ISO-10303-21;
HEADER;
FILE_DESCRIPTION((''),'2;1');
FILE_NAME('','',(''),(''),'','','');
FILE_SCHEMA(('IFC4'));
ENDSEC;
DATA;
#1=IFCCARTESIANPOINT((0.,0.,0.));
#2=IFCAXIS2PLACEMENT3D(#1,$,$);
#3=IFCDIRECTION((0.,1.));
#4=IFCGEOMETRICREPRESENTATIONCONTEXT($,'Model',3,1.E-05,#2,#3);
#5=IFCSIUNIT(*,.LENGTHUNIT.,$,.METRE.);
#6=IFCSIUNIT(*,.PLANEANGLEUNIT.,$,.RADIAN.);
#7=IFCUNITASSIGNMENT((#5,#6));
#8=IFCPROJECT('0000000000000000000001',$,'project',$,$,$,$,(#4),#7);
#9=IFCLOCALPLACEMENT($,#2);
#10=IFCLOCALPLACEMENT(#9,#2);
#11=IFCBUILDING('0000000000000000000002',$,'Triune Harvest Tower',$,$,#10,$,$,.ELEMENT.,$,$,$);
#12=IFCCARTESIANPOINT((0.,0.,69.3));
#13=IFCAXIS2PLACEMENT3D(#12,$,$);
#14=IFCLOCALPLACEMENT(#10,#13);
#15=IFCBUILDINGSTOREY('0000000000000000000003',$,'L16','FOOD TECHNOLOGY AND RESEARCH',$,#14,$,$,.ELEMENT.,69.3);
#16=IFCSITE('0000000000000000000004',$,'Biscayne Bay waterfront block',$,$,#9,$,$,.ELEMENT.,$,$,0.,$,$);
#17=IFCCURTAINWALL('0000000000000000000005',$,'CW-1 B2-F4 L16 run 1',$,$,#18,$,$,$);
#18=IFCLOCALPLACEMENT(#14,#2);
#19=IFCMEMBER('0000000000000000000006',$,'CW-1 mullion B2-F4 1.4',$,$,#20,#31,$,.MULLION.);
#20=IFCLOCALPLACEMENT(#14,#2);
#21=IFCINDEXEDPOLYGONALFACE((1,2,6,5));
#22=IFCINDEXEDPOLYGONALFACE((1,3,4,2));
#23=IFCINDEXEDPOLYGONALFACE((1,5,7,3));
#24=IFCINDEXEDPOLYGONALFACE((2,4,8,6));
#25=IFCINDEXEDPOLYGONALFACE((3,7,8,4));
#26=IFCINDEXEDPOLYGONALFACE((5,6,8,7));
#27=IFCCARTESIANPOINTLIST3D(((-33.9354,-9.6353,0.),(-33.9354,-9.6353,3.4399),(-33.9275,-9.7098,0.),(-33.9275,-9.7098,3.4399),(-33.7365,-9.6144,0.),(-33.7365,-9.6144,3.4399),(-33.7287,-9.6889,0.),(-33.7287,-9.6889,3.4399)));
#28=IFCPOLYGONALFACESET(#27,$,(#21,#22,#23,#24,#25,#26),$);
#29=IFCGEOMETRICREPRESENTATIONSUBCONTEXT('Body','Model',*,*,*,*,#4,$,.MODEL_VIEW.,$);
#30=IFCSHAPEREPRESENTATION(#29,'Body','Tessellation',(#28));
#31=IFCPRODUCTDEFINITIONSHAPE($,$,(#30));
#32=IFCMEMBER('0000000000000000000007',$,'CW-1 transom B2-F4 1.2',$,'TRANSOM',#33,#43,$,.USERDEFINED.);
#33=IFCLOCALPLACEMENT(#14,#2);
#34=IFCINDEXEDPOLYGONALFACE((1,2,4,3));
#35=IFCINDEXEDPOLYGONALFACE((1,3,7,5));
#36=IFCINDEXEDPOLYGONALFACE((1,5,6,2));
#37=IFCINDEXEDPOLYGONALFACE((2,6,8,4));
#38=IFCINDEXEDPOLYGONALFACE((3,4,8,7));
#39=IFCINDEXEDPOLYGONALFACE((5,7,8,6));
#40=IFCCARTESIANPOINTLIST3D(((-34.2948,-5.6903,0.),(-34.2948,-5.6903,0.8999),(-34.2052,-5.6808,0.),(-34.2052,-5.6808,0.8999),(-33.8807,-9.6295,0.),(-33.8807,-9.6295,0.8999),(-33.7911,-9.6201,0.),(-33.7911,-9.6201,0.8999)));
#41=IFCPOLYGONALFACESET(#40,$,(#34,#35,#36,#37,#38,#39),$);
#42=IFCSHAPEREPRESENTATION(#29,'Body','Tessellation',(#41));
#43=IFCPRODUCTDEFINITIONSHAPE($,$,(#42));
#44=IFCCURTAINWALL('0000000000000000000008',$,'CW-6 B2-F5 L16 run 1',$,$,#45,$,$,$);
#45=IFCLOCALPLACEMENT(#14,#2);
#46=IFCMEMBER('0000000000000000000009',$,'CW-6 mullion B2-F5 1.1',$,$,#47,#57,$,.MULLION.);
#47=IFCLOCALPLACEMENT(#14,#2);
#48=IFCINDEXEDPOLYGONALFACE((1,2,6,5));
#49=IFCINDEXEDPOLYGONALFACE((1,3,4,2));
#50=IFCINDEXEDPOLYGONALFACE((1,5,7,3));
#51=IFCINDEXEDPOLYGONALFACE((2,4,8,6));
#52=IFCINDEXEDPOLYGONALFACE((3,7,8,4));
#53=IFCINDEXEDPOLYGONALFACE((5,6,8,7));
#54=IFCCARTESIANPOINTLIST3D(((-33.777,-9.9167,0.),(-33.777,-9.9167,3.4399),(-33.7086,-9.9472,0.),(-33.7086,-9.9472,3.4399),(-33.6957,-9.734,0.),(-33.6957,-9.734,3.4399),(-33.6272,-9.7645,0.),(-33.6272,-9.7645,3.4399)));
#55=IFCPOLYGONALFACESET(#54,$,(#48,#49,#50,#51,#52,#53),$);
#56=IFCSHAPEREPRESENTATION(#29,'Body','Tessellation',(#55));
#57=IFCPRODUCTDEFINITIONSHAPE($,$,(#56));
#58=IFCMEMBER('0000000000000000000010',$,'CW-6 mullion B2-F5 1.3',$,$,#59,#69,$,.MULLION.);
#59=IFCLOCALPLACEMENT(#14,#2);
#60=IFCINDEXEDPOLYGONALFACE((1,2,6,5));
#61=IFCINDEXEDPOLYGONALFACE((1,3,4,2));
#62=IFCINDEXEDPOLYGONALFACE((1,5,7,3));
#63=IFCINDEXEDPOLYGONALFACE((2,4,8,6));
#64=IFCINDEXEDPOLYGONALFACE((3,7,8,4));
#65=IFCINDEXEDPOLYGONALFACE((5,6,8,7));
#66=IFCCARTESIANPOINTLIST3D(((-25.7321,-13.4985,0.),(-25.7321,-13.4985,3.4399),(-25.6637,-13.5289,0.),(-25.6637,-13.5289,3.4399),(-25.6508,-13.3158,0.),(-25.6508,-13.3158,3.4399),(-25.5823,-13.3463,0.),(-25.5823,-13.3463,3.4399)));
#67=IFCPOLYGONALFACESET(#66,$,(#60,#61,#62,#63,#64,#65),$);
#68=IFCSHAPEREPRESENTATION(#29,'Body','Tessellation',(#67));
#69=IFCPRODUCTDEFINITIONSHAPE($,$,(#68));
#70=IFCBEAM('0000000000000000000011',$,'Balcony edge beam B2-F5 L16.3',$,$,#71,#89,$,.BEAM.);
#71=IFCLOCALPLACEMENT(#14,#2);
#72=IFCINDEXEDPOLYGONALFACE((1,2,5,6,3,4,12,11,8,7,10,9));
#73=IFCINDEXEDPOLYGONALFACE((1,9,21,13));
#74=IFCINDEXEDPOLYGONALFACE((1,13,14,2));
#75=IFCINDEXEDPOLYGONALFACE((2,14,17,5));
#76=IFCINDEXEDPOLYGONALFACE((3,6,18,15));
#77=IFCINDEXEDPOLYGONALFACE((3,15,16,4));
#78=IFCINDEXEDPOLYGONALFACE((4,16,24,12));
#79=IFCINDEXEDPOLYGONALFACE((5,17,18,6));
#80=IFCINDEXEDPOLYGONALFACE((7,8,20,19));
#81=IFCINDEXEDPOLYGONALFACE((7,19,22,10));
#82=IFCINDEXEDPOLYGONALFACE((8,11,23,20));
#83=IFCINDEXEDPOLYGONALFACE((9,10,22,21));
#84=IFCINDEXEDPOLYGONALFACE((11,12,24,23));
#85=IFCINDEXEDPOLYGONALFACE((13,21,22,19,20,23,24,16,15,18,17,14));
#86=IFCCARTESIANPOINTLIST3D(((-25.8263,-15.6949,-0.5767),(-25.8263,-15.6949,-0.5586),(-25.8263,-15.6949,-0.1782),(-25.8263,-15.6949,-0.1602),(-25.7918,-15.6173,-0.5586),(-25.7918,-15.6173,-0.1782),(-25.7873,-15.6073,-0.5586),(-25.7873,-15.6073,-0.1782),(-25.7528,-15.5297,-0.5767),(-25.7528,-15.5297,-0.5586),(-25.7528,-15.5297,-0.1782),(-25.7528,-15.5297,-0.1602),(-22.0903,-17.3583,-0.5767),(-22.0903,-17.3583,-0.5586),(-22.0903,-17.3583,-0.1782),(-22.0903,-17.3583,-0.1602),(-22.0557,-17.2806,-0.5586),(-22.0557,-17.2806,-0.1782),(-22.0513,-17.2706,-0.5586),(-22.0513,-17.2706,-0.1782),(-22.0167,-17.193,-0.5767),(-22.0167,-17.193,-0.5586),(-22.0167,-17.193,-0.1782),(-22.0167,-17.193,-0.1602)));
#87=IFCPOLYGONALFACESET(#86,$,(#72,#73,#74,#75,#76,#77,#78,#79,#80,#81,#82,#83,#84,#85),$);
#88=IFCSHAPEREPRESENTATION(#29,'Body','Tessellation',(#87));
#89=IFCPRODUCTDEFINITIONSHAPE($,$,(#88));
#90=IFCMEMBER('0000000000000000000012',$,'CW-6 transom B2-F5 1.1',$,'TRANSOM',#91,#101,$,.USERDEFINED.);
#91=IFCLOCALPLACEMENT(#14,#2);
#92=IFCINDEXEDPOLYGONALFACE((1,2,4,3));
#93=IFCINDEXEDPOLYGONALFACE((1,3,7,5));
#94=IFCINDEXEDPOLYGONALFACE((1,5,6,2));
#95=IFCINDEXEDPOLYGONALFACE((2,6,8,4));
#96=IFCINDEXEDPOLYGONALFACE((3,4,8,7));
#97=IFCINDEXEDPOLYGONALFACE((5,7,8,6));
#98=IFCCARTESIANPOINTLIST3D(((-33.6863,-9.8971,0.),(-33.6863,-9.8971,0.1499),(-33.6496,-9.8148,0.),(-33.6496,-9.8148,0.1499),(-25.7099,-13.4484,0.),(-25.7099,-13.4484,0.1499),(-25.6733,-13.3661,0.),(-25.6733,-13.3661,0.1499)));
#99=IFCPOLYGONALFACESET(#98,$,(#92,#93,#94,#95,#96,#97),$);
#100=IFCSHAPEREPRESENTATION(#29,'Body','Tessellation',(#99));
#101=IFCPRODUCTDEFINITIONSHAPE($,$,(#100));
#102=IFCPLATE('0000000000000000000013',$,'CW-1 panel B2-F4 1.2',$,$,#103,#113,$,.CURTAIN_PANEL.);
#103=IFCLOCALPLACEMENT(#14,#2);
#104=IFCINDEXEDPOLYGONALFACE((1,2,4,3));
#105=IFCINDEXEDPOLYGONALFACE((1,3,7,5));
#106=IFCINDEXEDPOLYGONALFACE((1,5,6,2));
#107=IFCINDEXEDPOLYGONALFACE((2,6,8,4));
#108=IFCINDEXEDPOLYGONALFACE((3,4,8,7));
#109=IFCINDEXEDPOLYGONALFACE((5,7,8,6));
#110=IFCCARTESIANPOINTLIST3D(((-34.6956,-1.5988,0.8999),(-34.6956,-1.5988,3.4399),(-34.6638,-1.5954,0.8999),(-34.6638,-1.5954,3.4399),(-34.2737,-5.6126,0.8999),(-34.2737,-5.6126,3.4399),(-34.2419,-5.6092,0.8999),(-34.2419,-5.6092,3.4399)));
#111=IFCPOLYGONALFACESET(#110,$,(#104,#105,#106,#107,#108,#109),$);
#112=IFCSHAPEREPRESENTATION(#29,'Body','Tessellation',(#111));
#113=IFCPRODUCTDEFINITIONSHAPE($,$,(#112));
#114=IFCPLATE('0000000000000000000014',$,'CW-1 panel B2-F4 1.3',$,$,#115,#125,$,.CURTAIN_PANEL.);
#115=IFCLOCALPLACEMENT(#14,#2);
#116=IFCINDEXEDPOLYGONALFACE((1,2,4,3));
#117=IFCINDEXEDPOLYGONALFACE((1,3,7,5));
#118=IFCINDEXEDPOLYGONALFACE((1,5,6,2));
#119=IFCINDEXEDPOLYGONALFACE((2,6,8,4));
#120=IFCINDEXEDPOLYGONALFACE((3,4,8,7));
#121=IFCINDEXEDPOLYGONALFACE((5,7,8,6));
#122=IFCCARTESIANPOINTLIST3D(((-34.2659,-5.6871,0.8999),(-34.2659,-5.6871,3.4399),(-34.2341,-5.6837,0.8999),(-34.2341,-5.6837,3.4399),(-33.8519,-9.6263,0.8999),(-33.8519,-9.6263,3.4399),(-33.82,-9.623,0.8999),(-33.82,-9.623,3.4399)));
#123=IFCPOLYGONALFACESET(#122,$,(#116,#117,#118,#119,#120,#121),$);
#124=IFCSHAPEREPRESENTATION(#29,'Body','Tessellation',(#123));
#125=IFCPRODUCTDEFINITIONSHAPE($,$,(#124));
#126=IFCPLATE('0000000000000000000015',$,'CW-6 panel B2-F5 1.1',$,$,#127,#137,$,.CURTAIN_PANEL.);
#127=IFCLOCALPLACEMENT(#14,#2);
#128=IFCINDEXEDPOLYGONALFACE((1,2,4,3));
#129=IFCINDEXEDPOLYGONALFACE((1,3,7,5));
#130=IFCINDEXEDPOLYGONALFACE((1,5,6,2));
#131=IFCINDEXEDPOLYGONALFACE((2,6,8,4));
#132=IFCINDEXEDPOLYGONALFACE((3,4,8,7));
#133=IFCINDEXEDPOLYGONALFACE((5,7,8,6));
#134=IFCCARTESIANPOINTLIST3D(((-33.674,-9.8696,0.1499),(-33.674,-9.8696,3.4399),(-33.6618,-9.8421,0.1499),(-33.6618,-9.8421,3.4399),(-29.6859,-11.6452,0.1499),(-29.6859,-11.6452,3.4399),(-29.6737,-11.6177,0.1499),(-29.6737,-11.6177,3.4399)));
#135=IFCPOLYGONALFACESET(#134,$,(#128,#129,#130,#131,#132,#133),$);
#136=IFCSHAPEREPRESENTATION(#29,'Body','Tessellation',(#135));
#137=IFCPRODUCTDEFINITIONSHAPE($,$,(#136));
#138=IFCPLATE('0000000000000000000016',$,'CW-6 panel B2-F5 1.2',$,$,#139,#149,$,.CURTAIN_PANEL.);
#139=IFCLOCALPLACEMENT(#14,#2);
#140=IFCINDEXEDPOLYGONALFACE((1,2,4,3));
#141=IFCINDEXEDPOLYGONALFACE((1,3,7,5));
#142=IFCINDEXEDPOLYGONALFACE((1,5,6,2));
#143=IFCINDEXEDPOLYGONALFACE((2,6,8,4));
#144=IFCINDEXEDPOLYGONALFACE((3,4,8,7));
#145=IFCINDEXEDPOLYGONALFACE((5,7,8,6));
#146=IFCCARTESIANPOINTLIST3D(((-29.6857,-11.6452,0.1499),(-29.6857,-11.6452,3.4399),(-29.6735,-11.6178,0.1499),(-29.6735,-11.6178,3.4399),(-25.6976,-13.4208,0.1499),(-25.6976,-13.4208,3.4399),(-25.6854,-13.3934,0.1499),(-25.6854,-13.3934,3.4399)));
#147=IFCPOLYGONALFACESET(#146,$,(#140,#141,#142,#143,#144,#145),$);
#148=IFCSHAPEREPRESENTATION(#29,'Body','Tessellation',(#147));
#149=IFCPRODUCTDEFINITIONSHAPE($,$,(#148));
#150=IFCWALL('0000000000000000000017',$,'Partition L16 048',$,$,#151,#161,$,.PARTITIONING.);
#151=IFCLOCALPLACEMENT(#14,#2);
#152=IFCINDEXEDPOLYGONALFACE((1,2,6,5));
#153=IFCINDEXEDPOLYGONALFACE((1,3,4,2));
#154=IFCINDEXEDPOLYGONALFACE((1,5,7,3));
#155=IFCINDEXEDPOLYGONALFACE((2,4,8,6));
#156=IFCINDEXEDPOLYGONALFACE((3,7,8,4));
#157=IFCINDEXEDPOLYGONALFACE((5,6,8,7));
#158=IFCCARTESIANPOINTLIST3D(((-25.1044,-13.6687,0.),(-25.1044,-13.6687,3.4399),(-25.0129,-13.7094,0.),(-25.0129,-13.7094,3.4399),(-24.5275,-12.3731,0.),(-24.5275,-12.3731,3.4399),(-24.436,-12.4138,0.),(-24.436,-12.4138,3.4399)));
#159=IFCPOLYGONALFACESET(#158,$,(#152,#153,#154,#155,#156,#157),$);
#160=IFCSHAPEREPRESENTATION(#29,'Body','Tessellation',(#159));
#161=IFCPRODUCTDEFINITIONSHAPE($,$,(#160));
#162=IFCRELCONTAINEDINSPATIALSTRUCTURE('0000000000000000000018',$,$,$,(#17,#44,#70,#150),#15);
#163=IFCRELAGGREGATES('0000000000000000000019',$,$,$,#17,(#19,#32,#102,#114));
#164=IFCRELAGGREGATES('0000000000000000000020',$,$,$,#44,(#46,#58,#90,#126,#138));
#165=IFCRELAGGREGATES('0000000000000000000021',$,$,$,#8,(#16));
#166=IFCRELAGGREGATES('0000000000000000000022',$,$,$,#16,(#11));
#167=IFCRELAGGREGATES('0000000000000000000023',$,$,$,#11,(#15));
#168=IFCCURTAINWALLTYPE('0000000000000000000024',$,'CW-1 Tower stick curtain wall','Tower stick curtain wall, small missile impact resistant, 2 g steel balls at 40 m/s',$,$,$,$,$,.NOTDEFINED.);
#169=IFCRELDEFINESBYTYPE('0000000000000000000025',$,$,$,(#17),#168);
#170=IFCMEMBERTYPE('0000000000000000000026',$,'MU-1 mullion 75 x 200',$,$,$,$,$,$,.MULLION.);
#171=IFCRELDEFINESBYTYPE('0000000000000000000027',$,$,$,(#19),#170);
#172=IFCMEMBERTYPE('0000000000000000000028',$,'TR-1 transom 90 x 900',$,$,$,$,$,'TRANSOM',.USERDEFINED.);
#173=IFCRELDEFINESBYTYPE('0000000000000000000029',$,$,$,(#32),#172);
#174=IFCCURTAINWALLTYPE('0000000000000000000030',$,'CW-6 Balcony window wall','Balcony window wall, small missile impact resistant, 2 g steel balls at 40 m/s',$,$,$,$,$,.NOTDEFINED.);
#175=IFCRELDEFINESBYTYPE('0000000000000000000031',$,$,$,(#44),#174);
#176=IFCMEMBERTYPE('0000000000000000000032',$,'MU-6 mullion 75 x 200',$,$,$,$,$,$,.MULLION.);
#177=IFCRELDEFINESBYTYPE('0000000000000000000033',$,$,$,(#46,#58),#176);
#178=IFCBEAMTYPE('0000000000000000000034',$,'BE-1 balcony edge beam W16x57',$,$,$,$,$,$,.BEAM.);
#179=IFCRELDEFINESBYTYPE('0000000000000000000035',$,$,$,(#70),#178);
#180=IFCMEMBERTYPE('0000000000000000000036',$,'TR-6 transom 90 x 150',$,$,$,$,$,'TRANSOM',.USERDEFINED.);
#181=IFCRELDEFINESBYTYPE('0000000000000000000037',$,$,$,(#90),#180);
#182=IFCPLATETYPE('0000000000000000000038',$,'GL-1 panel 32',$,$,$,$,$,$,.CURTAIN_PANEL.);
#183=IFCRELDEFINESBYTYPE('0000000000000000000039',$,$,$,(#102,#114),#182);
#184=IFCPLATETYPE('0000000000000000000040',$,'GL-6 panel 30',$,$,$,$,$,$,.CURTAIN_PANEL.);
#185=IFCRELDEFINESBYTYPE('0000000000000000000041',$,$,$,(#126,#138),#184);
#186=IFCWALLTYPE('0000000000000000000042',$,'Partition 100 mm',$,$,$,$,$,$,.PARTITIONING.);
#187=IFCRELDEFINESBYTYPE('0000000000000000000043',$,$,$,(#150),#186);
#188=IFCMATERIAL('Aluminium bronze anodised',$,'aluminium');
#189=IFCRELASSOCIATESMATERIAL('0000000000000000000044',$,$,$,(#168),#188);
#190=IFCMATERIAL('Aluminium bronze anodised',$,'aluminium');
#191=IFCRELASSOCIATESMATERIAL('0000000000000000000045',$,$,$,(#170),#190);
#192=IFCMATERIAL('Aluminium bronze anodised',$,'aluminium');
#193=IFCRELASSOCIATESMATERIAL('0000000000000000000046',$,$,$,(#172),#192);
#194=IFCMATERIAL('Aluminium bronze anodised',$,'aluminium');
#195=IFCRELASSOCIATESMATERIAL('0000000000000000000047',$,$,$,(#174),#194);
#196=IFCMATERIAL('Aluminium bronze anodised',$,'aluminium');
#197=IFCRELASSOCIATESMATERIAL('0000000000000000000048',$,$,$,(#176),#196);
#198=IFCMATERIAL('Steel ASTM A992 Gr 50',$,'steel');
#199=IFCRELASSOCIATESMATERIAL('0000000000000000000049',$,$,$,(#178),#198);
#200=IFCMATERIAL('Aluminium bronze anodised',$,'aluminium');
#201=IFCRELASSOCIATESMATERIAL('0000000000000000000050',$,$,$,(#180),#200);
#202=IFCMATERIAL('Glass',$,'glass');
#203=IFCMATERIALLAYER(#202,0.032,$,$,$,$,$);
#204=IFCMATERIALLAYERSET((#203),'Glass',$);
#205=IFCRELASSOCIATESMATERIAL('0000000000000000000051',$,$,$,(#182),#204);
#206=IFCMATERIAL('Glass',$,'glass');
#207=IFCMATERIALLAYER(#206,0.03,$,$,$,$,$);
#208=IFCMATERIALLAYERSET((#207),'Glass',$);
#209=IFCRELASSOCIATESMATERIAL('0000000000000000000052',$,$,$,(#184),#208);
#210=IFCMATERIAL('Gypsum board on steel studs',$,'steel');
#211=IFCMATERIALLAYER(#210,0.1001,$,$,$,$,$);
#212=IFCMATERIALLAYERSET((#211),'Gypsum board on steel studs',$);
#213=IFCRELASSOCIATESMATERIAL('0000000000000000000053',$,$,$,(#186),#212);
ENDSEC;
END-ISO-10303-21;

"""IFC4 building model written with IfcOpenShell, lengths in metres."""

from ifc_helpers import new_model, si_unit, direction, frame, frame_2d, origin, origin_2d, place, context, subcontext, project, spatial, rectangle, i_section, extrude, source, transform, mapped, material, layer, layer_set, material_profile, profile_set, type_object, element, aggregate, save


model = new_model("IFC4")

# Units and contexts
model_context = context("Model", 3, precision=1e-05, world=origin(), true_north=direction((0.0, 1.0)))
body_context = subcontext(model_context, "Body", "Model", "MODEL_VIEW")
ifc_project = project(units=[si_unit("LENGTHUNIT", "METRE"), si_unit("PLANEANGLEUNIT", "RADIAN")], contexts=[model_context])

# Site, building, storey
site_placement = place(None, origin())
site = spatial("IfcSite", under=ifc_project, at=site_placement, Name="Biscayne Bay waterfront block", CompositionType="ELEMENT", RefElevation=0.0)
building_placement = place(site_placement, origin())
building = spatial("IfcBuilding", under=site, at=building_placement, Name="Triune Harvest Tower", CompositionType="ELEMENT")
storey_placement = place(building_placement, frame((0.0, 0.0, 69.3)))
storey = spatial("IfcBuildingStorey", under=building, at=storey_placement, Name="L16", Description="FOOD TECHNOLOGY AND RESEARCH", CompositionType="ELEMENT", Elevation=69.3)

# Curtain walls, members
ifc_material_1 = material(Name="Aluminium bronze anodised", Category="aluminium")
curtain_wall_type_1 = type_object("IfcCurtainWallType", Name="CW-1 Tower stick curtain wall", Description="Tower stick curtain wall, small missile impact resistant, 2 g steel balls at 40 m/s", PredefinedType="NOTDEFINED", material=ifc_material_1)
curtain_wall_1_placement = place(storey_placement, origin())
curtain_wall_1 = element("IfcCurtainWall", 1, at=curtain_wall_1_placement, inside=storey, type_object=curtain_wall_type_1, Name="CW-1 B2-F4 L16 run 1")
ifc_material_2 = material(Name="Aluminium bronze anodised", Category="aluminium")
ifc_material_profile_1 = material_profile(ifc_material_2, rectangle(XDim=0.2, YDim=0.075, at=origin_2d()), Name="MU-1 mullion 75 x 200")
ifc_profile_set_1 = profile_set([ifc_material_profile_1], Name="Aluminium bronze anodised")
member_type_1 = type_object("IfcMemberType", Name="MU-1 mullion 75 x 200", PredefinedType="MULLION", material=ifc_profile_set_1)
shared_shape_1 = source(origin(), body_context, "Body", "SweptSolid", [
    extrude(rectangle(XDim=0.2, YDim=0.075, at=origin_2d()), origin(), (0.0, 0.0, 1.0), 3.4399),
])
member_1_placement = place(storey_placement, frame((-33.832, -9.6621, 0.0), z_axis=(0.0, 0.0, 1.0), x_axis=(0.994522, 0.104529, 0.0)))
member_1 = element("IfcMember", 2, at=member_1_placement, type_object=member_type_1, Name="CW-1 mullion B2-F4 1.4", PredefinedType="MULLION", context=body_context, shape_type="MappedRepresentation", body=[
    mapped(shared_shape_1, transform((0.0, 0.0, 0.0), scale=1.0)),
])
ifc_material_3 = material(Name="Aluminium bronze anodised", Category="aluminium")
ifc_material_profile_2 = material_profile(ifc_material_3, rectangle(XDim=0.0901, YDim=0.8999, at=origin_2d()), Name="TR-1 transom 90 x 900")
ifc_profile_set_2 = profile_set([ifc_material_profile_2], Name="Aluminium bronze anodised")
member_type_2 = type_object("IfcMemberType", Name="TR-1 transom 90 x 900", ElementType="TRANSOM", PredefinedType="USERDEFINED", material=ifc_profile_set_2)
shared_shape_2 = source(origin(), body_context, "Body", "SweptSolid", [
    extrude(rectangle(XDim=0.0901, YDim=0.8999, at=origin_2d()), origin(), (0.0, 0.0, 1.0), 3.9609),
])
member_2_placement = place(storey_placement, frame((-34.25, -5.6855, 0.45), z_axis=(0.104537, -0.994521, 0.0), x_axis=(0.994521, 0.104537, 0.0)))
member_2 = element("IfcMember", 3, at=member_2_placement, type_object=member_type_2, Name="CW-1 transom B2-F4 1.2", ObjectType="TRANSOM", PredefinedType="USERDEFINED", context=body_context, shape_type="MappedRepresentation", body=[
    mapped(shared_shape_2, transform((0.0, 0.0, 0.0), scale=1.0)),
])
ifc_material_4 = material(Name="Aluminium bronze anodised", Category="aluminium")
curtain_wall_type_2 = type_object("IfcCurtainWallType", Name="CW-6 Balcony window wall", Description="Balcony window wall, small missile impact resistant, 2 g steel balls at 40 m/s", PredefinedType="NOTDEFINED", material=ifc_material_4)
curtain_wall_2_placement = place(storey_placement, origin())
curtain_wall_2 = element("IfcCurtainWall", 4, at=curtain_wall_2_placement, inside=storey, type_object=curtain_wall_type_2, Name="CW-6 B2-F5 L16 run 1")
ifc_material_5 = material(Name="Aluminium bronze anodised", Category="aluminium")
ifc_material_profile_3 = material_profile(ifc_material_5, rectangle(XDim=0.2, YDim=0.075, at=origin_2d()), Name="MU-6 mullion 75 x 200")
ifc_profile_set_3 = profile_set([ifc_material_profile_3], Name="Aluminium bronze anodised")
member_type_3 = type_object("IfcMemberType", Name="MU-6 mullion 75 x 200", PredefinedType="MULLION", material=ifc_profile_set_3)
shared_shape_3 = source(origin(), body_context, "Body", "SweptSolid", [
    extrude(rectangle(XDim=0.2, YDim=0.075, at=origin_2d()), origin(), (0.0, 0.0, 1.0), 3.4399),
])
member_3_placement = place(storey_placement, frame((-33.7021, -9.8406, 0.0), z_axis=(0.0, 0.0, 1.0), x_axis=(0.406737, 0.913545, 0.0)))
member_3 = element("IfcMember", 5, at=member_3_placement, type_object=member_type_3, Name="CW-6 mullion B2-F5 1.1", PredefinedType="MULLION", context=body_context, shape_type="MappedRepresentation", body=[
    mapped(shared_shape_3, transform((0.0, 0.0, 0.0), scale=1.0)),
])
member_4_placement = place(storey_placement, frame((-25.6572, -13.4224, 0.0), z_axis=(0.0, 0.0, 1.0), x_axis=(0.406737, 0.913545, 0.0)))
member_4 = element("IfcMember", 6, at=member_4_placement, type_object=member_type_3, Name="CW-6 mullion B2-F5 1.3", PredefinedType="MULLION", context=body_context, shape_type="MappedRepresentation", body=[
    mapped(shared_shape_3, transform((0.0, 0.0, 0.0), scale=1.0)),
])

# Beam
ifc_material_6 = material(Name="Steel ASTM A992 Gr 50", Category="steel")
ifc_material_profile_4 = material_profile(ifc_material_6, i_section(OverallWidth=0.1809, OverallDepth=0.4165, WebThickness=0.011, FlangeThickness=0.0181, at=origin_2d()), Name="W16x57")
ifc_profile_set_4 = profile_set([ifc_material_profile_4], Name="Steel ASTM A992 Gr 50")
beam_type_1 = type_object("IfcBeamType", Name="BE-1 balcony edge beam W16x57", PredefinedType="BEAM", material=ifc_profile_set_4)
shared_shape_4 = source(origin(), body_context, "Body", "SweptSolid", [
    extrude(i_section(OverallWidth=0.1809, OverallDepth=0.4165, WebThickness=0.011, FlangeThickness=0.0181, at=origin_2d()), origin(), (0.0, 0.0, 1.0), 4.0896),
])
beam_1_placement = place(storey_placement, frame((-25.7896, -15.6123, -0.3684), z_axis=(0.913553, -0.40672, 0.0), x_axis=(0.40672, 0.913553, 0.0)))
element("IfcBeam", 7, at=beam_1_placement, inside=storey, type_object=beam_type_1, Name="Balcony edge beam B2-F5 L16.3", PredefinedType="BEAM", context=body_context, shape_type="MappedRepresentation", body=[
    mapped(shared_shape_4, transform((0.0, 0.0, 0.0), scale=1.0)),
])

# Member
ifc_material_7 = material(Name="Aluminium bronze anodised", Category="aluminium")
ifc_material_profile_5 = material_profile(ifc_material_7, rectangle(XDim=0.0901, YDim=0.1499, at=origin_2d()), Name="TR-6 transom 90 x 150")
ifc_profile_set_5 = profile_set([ifc_material_profile_5], Name="Aluminium bronze anodised")
member_type_4 = type_object("IfcMemberType", Name="TR-6 transom 90 x 150", ElementType="TRANSOM", PredefinedType="USERDEFINED", material=ifc_profile_set_5)
shared_shape_5 = source(origin(), body_context, "Body", "SweptSolid", [
    extrude(rectangle(XDim=0.0901, YDim=0.1499, at=origin_2d()), origin(), (0.0, 0.0, 1.0), 8.7312),
])
member_5_placement = place(storey_placement, frame((-33.668, -9.856, 0.075), z_axis=(0.913546, -0.406735, 0.0), x_axis=(0.406735, 0.913546, 0.0)))
member_5 = element("IfcMember", 8, at=member_5_placement, type_object=member_type_4, Name="CW-6 transom B2-F5 1.1", ObjectType="TRANSOM", PredefinedType="USERDEFINED", context=body_context, shape_type="MappedRepresentation", body=[
    mapped(shared_shape_5, transform((0.0, 0.0, 0.0), scale=1.0)),
])

# Plates
ifc_material_8 = material(Name="Glass", Category="glass")
ifc_layer_1 = layer(ifc_material_8, 0.032)
ifc_layer_set_1 = layer_set([ifc_layer_1], Name="Glass")
plate_type_1 = type_object("IfcPlateType", Name="GL-1 panel 32", PredefinedType="CURTAIN_PANEL", material=ifc_layer_set_1)
shared_shape_6 = source(origin(), body_context, "Body", "SweptSolid", [
    extrude(rectangle(XDim=4.0359, YDim=0.032, at=origin_2d()), origin(), (0.0, 0.0, 1.0), 2.54),
])
plate_1_placement = place(storey_placement, frame((-34.4688, -3.604, 0.8999), z_axis=(0.0, 0.0, 1.0), x_axis=(0.104529, -0.994522, 0.0)))
plate_1 = element("IfcPlate", 9, at=plate_1_placement, type_object=plate_type_1, Name="CW-1 panel B2-F4 1.2", PredefinedType="CURTAIN_PANEL", context=body_context, shape_type="MappedRepresentation", body=[
    mapped(shared_shape_6, transform((0.0, 0.0, 0.0), scale=1.0)),
])
shared_shape_7 = source(origin(), body_context, "Body", "SweptSolid", [
    extrude(rectangle(XDim=3.9609, YDim=0.032, at=origin_2d()), origin(), (0.0, 0.0, 1.0), 2.54),
])
plate_2_placement = place(storey_placement, frame((-34.043, -7.655, 0.8999), z_axis=(0.0, 0.0, 1.0), x_axis=(0.104529, -0.994522, 0.0)))
plate_2 = element("IfcPlate", 10, at=plate_2_placement, type_object=plate_type_1, Name="CW-1 panel B2-F4 1.3", PredefinedType="CURTAIN_PANEL", context=body_context, shape_type="MappedRepresentation", body=[
    mapped(shared_shape_7, transform((0.0, 0.0, 0.0), scale=1.0)),
])
aggregate(curtain_wall_1, [member_1, member_2, plate_1, plate_2])
ifc_material_9 = material(Name="Glass", Category="glass")
ifc_layer_2 = layer(ifc_material_9, 0.03)
ifc_layer_set_2 = layer_set([ifc_layer_2], Name="Glass")
plate_type_2 = type_object("IfcPlateType", Name="GL-6 panel 30", PredefinedType="CURTAIN_PANEL", material=ifc_layer_set_2)
shared_shape_8 = source(origin(), body_context, "Body", "SweptSolid", [
    extrude(rectangle(XDim=4.3655, YDim=0.03, at=origin_2d()), origin(), (0.0, 0.0, 1.0), 3.29),
])
plate_3_placement = place(storey_placement, frame((-31.6738, -10.7437, 0.1499), z_axis=(0.0, 0.0, 1.0), x_axis=(0.913545, -0.406737, 0.0)))
plate_3 = element("IfcPlate", 11, at=plate_3_placement, type_object=plate_type_2, Name="CW-6 panel B2-F5 1.1", PredefinedType="CURTAIN_PANEL", context=body_context, shape_type="MappedRepresentation", body=[
    mapped(shared_shape_8, transform((0.0, 0.0, 0.0), scale=1.0)),
])
plate_4_placement = place(storey_placement, frame((-27.6855, -12.5193, 0.1499), z_axis=(0.0, 0.0, 1.0), x_axis=(0.913545, -0.406737, 0.0)))
plate_4 = element("IfcPlate", 12, at=plate_4_placement, type_object=plate_type_2, Name="CW-6 panel B2-F5 1.2", PredefinedType="CURTAIN_PANEL", context=body_context, shape_type="MappedRepresentation", body=[
    mapped(shared_shape_8, transform((0.0, 0.0, 0.0), scale=1.0)),
])
aggregate(curtain_wall_2, [member_3, member_4, member_5, plate_3, plate_4])

# Wall
ifc_material_10 = material(Name="Gypsum board on steel studs", Category="steel")
ifc_layer_3 = layer(ifc_material_10, 0.1001)
ifc_layer_set_3 = layer_set([ifc_layer_3], Name="Gypsum board on steel studs")
wall_type = type_object("IfcWallType", Name="Partition 100 mm", PredefinedType="PARTITIONING", material=ifc_layer_set_3)
shared_shape_9 = source(origin(), body_context, "Body", "SweptSolid", [
    extrude(rectangle(XDim=1.4182, YDim=0.1001, at=frame_2d((0.709, 0.0))), origin(), (0.0, 0.0, 1.0), 3.4399),
])
wall_placement = place(storey_placement, frame((-25.0586, -13.689, 0.0), z_axis=(0.0, 0.0, 1.0), x_axis=(0.406761, 0.913534, 0.0)))
element("IfcWall", 13, at=wall_placement, inside=storey, type_object=wall_type, Name="Partition L16 048", PredefinedType="PARTITIONING", context=body_context, shape_type="MappedRepresentation", body=[
    mapped(shared_shape_9, transform((0.0, 0.0, 0.0), scale=1.0)),
])

save(model, "model.ifc")
